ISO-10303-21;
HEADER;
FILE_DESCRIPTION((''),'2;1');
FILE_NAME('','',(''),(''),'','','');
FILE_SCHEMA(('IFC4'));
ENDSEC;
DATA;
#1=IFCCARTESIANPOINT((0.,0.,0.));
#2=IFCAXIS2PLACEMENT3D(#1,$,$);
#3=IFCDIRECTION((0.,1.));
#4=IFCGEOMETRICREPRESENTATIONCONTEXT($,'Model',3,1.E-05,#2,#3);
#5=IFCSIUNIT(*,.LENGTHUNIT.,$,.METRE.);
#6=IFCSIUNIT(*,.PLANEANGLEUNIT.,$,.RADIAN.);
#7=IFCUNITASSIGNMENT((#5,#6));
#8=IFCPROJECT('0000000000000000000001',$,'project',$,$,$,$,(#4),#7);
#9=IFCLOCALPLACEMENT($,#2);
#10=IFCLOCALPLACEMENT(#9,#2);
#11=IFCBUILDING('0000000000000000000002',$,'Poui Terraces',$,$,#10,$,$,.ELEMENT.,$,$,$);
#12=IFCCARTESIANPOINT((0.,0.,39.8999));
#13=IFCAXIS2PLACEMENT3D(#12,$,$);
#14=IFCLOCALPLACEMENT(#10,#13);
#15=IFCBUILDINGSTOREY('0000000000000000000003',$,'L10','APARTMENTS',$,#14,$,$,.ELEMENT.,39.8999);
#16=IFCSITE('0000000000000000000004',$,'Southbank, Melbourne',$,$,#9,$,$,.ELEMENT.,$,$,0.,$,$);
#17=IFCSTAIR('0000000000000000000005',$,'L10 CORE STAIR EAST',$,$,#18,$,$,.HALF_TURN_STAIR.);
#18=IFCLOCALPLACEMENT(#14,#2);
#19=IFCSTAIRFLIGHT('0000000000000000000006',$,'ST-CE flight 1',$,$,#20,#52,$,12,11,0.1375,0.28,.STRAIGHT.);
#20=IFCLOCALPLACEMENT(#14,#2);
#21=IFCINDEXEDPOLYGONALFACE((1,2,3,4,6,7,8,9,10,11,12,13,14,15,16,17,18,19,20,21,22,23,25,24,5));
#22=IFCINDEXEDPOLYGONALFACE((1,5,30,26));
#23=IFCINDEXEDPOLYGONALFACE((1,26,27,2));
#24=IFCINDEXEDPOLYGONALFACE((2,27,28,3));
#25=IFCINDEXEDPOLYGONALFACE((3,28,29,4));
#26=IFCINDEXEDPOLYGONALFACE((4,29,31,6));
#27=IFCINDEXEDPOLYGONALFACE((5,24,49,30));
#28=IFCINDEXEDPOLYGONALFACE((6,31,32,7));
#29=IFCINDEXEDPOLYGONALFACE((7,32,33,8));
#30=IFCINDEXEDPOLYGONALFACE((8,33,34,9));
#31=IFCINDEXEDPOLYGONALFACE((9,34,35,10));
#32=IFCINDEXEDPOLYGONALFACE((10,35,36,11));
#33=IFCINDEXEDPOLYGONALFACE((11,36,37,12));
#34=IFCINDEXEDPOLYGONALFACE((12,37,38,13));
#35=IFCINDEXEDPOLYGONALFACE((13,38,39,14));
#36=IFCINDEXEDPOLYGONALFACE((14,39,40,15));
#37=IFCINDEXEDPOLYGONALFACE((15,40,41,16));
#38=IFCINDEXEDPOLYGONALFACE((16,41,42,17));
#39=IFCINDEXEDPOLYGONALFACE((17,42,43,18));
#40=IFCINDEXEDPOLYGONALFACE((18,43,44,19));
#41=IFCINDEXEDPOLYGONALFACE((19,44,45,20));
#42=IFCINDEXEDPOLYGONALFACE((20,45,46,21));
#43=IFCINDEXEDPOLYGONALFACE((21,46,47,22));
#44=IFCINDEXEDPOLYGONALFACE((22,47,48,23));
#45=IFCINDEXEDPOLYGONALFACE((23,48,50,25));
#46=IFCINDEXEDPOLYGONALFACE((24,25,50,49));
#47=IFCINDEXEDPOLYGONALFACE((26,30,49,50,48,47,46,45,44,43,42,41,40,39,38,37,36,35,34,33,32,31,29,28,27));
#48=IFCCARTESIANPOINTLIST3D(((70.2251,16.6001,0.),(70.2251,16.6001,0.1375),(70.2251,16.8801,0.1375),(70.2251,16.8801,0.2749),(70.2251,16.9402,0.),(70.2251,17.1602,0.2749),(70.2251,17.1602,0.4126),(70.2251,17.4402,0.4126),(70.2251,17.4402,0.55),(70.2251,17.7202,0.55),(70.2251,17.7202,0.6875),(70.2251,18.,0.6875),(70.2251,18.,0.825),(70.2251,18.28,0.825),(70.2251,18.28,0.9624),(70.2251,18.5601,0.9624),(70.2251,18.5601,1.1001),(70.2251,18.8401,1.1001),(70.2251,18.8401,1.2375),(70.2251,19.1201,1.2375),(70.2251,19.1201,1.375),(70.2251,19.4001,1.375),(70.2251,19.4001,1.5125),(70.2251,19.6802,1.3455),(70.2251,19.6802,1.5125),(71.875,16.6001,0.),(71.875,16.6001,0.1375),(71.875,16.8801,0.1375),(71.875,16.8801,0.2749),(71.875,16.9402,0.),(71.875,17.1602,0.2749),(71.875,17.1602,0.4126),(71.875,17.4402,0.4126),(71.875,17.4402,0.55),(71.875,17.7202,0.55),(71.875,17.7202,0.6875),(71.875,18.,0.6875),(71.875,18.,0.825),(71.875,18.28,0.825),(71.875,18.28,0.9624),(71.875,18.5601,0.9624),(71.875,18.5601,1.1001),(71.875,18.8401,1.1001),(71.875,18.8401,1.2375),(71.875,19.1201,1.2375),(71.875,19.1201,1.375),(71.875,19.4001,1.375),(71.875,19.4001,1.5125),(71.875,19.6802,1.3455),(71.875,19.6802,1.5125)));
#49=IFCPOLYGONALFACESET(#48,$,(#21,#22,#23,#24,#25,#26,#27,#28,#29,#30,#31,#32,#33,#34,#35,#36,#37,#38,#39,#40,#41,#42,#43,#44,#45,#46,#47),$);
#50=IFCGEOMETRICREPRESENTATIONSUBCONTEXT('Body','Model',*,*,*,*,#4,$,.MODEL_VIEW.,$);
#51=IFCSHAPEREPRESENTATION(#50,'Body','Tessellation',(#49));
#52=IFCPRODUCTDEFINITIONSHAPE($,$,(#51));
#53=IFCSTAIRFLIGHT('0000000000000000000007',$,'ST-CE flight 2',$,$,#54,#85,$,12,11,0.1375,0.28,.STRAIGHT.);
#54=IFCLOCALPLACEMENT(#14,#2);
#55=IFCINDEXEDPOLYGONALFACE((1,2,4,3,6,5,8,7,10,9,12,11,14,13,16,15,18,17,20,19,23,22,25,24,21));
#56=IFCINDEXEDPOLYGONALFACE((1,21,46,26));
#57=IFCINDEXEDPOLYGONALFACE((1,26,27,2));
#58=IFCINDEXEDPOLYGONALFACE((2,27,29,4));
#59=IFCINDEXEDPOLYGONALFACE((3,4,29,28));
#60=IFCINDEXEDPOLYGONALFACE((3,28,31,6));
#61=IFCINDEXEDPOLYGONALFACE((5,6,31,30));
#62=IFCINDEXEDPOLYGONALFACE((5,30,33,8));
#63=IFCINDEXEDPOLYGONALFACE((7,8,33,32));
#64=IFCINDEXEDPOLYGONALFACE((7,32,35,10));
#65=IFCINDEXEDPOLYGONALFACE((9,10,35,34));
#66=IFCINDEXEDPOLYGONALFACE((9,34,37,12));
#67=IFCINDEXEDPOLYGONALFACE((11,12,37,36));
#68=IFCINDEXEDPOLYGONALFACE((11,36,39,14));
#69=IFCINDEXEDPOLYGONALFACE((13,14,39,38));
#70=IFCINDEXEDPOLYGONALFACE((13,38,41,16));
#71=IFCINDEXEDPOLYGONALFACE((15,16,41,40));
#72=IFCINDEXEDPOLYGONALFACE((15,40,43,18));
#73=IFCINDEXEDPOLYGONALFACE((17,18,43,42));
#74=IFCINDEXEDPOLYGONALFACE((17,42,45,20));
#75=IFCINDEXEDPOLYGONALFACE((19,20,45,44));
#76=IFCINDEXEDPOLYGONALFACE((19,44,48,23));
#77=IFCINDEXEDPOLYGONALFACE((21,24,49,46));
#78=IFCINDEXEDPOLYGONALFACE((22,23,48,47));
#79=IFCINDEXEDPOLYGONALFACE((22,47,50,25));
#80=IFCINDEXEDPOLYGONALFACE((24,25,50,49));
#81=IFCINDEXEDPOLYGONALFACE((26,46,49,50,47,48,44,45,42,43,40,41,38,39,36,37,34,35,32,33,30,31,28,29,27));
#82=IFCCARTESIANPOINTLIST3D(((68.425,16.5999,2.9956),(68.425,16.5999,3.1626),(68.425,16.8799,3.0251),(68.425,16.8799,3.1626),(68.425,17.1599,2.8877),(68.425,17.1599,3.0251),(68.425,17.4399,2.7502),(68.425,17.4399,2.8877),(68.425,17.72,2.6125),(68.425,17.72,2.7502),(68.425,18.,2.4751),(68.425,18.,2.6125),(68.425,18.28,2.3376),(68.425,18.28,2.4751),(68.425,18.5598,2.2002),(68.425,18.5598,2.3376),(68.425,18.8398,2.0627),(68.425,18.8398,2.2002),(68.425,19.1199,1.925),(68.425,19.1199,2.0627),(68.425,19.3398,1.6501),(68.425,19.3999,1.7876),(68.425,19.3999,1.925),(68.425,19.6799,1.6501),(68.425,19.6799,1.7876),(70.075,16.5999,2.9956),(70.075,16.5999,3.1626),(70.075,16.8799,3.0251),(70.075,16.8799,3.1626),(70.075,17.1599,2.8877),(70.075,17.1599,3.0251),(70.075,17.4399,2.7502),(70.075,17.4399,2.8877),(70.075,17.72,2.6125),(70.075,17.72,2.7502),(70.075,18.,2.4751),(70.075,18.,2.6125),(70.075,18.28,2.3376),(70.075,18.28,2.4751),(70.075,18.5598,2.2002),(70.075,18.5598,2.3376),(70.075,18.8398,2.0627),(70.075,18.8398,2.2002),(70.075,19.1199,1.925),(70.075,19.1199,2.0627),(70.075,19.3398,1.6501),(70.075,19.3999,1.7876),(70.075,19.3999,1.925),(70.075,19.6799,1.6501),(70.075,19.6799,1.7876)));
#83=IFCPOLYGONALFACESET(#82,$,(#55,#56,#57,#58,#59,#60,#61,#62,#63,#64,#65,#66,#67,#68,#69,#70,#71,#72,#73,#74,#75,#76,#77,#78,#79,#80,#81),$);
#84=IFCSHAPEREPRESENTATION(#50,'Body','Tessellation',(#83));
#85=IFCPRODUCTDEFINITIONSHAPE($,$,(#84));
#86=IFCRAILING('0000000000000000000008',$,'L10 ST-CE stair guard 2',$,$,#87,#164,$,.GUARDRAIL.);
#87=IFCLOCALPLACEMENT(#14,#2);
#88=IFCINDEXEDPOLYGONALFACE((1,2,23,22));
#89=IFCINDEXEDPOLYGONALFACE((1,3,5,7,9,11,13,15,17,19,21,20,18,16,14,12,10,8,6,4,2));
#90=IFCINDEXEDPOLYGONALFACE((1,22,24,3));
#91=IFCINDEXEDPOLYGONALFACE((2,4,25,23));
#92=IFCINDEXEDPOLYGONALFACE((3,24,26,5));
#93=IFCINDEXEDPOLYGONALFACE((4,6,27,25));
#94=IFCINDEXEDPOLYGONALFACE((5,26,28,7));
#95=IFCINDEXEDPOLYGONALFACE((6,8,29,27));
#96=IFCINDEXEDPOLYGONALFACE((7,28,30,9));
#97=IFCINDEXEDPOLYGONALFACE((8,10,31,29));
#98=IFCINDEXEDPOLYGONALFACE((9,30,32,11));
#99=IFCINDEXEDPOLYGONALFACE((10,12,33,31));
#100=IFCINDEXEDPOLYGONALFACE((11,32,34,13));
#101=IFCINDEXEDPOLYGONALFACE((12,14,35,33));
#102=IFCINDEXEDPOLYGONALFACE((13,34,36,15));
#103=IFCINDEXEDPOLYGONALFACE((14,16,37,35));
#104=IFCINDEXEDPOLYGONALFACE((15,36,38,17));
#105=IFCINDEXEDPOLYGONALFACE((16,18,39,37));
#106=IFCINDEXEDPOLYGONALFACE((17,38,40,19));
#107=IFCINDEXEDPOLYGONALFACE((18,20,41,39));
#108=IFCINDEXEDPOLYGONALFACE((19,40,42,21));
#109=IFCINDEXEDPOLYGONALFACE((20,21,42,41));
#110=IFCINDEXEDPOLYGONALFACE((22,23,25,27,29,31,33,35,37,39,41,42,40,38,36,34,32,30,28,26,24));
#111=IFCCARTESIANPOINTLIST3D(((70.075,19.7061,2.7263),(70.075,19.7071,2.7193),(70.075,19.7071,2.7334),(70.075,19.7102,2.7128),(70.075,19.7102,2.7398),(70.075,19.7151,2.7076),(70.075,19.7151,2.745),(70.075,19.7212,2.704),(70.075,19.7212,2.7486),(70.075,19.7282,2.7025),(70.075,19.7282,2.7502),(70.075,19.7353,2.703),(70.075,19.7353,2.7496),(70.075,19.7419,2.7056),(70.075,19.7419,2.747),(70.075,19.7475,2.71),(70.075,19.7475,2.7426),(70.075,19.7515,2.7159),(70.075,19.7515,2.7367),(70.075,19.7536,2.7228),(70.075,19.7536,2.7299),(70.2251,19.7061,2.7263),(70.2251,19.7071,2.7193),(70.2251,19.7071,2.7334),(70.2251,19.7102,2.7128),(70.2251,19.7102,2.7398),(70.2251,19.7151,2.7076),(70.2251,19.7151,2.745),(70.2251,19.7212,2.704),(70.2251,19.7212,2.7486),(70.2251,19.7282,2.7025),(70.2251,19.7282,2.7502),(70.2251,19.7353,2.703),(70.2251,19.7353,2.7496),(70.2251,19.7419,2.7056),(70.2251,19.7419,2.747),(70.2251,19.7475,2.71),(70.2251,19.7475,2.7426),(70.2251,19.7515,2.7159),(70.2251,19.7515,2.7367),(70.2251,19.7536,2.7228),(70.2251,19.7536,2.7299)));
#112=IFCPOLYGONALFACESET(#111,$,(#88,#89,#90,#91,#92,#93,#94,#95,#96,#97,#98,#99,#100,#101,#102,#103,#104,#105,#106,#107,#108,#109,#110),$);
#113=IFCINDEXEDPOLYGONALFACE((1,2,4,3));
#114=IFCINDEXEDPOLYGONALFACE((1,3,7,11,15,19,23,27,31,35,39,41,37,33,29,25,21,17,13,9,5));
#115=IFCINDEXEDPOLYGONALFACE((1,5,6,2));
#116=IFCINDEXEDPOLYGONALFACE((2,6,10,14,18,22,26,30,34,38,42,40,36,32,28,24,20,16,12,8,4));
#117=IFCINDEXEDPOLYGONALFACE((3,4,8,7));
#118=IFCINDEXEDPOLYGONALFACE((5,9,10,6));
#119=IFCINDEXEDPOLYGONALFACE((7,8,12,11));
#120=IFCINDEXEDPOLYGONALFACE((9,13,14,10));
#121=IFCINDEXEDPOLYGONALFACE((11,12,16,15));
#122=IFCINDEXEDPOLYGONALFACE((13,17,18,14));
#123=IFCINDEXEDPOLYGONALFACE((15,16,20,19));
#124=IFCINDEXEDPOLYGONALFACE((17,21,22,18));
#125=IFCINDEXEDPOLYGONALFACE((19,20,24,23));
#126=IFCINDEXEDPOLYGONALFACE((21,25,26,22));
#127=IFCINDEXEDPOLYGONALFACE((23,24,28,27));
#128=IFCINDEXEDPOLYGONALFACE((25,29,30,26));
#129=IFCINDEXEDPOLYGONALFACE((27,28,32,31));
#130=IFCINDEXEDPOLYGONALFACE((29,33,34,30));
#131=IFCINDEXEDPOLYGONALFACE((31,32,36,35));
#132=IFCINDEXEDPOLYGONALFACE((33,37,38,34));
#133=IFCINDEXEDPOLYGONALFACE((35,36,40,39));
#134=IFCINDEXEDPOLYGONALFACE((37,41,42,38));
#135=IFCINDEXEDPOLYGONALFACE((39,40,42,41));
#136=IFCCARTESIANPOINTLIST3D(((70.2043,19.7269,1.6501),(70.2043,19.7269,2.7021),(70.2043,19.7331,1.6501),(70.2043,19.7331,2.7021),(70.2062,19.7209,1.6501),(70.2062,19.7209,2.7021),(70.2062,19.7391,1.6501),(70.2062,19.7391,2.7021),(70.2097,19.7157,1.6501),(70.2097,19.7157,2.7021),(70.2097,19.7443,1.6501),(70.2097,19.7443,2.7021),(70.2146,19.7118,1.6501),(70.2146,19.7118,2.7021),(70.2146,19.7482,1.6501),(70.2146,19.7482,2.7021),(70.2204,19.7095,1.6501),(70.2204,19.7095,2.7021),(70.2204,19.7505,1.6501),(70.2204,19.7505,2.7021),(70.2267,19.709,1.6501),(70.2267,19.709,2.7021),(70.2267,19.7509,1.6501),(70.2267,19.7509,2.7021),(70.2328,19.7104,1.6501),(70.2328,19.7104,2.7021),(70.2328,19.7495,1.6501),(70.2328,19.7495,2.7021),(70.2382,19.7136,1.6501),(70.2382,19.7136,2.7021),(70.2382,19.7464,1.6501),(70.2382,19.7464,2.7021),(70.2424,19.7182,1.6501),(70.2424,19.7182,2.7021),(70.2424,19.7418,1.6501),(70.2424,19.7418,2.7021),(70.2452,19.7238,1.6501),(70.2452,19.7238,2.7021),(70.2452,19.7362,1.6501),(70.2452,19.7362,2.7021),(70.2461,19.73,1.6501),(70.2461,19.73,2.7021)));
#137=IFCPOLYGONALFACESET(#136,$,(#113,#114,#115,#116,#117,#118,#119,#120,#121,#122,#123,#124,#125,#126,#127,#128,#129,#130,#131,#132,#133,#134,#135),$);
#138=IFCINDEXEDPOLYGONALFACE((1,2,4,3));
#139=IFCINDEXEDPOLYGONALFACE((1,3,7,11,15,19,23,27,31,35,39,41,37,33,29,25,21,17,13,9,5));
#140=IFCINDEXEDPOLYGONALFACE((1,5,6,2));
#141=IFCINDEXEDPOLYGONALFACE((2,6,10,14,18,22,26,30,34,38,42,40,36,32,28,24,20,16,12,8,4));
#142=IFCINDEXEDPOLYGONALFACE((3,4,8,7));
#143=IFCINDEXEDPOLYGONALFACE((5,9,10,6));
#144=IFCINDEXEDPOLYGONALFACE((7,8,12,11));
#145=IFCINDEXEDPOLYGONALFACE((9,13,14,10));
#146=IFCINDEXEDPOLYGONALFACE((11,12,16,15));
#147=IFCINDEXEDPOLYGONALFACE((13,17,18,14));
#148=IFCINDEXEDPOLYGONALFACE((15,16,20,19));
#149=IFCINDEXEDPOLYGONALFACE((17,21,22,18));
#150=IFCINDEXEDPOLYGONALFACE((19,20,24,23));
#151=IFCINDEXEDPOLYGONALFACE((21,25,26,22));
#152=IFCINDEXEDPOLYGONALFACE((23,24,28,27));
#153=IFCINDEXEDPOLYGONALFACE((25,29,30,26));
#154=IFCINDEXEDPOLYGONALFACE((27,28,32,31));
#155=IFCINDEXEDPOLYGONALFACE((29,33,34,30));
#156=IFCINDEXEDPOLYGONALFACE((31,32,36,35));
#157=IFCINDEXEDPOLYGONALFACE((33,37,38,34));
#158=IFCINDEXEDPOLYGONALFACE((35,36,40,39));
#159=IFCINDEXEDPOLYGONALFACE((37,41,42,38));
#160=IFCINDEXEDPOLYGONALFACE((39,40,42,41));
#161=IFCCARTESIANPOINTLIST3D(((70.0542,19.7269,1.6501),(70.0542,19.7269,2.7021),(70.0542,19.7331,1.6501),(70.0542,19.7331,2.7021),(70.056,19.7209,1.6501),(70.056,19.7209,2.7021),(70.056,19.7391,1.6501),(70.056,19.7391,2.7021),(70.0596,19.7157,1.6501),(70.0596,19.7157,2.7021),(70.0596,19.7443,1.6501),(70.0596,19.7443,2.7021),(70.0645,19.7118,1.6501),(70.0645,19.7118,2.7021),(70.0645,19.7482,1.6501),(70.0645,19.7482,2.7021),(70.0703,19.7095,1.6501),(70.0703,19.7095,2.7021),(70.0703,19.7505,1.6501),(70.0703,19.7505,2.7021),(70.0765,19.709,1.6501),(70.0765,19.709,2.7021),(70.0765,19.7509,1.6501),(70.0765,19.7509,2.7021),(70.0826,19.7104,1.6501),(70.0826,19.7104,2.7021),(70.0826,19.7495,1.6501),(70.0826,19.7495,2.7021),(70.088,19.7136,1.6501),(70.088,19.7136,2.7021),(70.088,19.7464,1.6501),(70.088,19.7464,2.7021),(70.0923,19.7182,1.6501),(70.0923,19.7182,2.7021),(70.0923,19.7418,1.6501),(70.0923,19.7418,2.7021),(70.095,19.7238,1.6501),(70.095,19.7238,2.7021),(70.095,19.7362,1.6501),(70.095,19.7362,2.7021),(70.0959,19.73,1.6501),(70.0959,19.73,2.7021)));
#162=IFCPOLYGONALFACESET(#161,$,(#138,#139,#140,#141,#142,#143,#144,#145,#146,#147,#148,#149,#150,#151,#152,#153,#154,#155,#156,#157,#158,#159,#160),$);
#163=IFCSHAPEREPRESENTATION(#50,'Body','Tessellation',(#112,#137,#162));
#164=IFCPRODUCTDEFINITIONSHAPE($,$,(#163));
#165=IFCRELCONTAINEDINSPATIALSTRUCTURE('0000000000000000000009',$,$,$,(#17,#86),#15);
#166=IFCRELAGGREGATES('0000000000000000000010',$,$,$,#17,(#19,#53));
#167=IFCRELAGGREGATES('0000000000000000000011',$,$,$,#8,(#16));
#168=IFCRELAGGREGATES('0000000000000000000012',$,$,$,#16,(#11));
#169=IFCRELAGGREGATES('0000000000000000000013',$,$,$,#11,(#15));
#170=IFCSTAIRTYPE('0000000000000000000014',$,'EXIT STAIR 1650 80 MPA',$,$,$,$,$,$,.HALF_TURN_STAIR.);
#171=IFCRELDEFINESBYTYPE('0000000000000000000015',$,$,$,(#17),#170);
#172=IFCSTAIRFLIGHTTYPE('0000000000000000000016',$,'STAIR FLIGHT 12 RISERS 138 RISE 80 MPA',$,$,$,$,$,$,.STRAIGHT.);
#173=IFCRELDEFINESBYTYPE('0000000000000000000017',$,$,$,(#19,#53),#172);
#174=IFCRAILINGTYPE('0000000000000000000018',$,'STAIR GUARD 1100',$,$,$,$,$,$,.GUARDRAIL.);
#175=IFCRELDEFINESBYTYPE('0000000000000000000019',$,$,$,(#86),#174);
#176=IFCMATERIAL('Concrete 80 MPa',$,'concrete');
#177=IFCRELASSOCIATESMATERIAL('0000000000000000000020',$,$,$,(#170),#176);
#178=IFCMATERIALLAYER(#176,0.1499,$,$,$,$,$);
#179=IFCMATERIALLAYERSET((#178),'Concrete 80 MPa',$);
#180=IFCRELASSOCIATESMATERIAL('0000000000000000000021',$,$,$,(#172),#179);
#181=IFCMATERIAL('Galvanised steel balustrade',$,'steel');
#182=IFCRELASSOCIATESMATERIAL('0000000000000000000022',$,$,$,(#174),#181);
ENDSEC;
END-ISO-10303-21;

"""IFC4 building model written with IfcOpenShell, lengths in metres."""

from ifc_helpers import new_model, si_unit, direction, frame, origin, origin_2d, place, context, subcontext, project, spatial, polyline, circle, outline, extrude, material, layer, layer_set, type_object, element, aggregate, save


model = new_model("IFC4")

# Units and contexts
model_context = context("Model", 3, precision=1e-05, world=origin(), true_north=direction((0.0, 1.0)))
body_context = subcontext(model_context, "Body", "Model", "MODEL_VIEW")
ifc_project = project(units=[si_unit("LENGTHUNIT", "METRE"), si_unit("PLANEANGLEUNIT", "RADIAN")], contexts=[model_context])

# Site, building, storey
site_placement = place(None, origin())
site = spatial("IfcSite", under=ifc_project, at=site_placement, Name="Southbank, Melbourne", CompositionType="ELEMENT", RefElevation=0.0)
building_placement = place(site_placement, origin())
building = spatial("IfcBuilding", under=site, at=building_placement, Name="Poui Terraces", CompositionType="ELEMENT")
storey_placement = place(building_placement, frame((0.0, 0.0, 39.8999)))
storey = spatial("IfcBuildingStorey", under=building, at=storey_placement, Name="L10", Description="APARTMENTS", CompositionType="ELEMENT", Elevation=39.8999)

# Shared definitions
ifc_material_1 = material(Name="Concrete 80 MPa", Category="concrete")

# Stair, stair flights
stair_type = type_object("IfcStairType", Name="EXIT STAIR 1650 80 MPA", PredefinedType="HALF_TURN_STAIR", material=ifc_material_1)
stair_placement = place(storey_placement, origin())
stair = element("IfcStair", 1, at=stair_placement, inside=storey, type_object=stair_type, Name="L10 CORE STAIR EAST", PredefinedType="HALF_TURN_STAIR")
ifc_layer_1 = layer(ifc_material_1, 0.1499)
ifc_layer_set_1 = layer_set([ifc_layer_1], Name="Concrete 80 MPa")
stair_flight_type = type_object("IfcStairFlightType", Name="STAIR FLIGHT 12 RISERS 138 RISE 80 MPA", PredefinedType="STRAIGHT", material=ifc_layer_set_1)
stair_flight_1_placement = place(storey_placement, frame((71.05, 16.6001, 0.0), z_axis=(0.0, 0.0, 1.0), x_axis=(0.0, 1.0, 0.0)))
stair_flight_1 = element("IfcStairFlight", 2, at=stair_flight_1_placement, type_object=stair_flight_type, Name="ST-CE flight 1", NumberOfRisers=12, NumberOfTreads=11, PredefinedType="STRAIGHT", RiserHeight=0.1375, TreadLength=0.28, context=body_context, shape_type="SweptSolid", body=[
    extrude(outline(polyline([(0.0, 0.0), (0.0, 0.1375), (0.28, 0.1375), (0.28, 0.2749), (0.5601, 0.2749), (0.5601, 0.4126), (0.8401, 0.4126), (0.8401, 0.55), (1.1201, 0.55), (1.1201, 0.6875), (1.3999, 0.6875), (1.3999, 0.825), (1.6799, 0.825), (1.6799, 0.9624), (1.96, 0.9624), (1.96, 1.1001), (2.24, 1.1001), (2.24, 1.2375), (2.52, 1.2375), (2.52, 1.375), (2.8, 1.375), (2.8, 1.5125), (3.0801, 1.5125), (3.0801, 1.6499), (3.0801, 1.3455), (0.3401, 0.0), (0.0, 0.0)])), frame((0.0, 0.825, 0.0), z_axis=(0.0, -1.0, 0.0), x_axis=(1.0, 0.0, 0.0)), (0.0, 0.0, 1.0), 1.6499),
])
stair_flight_2_placement = place(storey_placement, frame((69.25, 19.6799, 1.6501), z_axis=(0.0, 0.0, 1.0), x_axis=(0.0, -1.0, 0.0)))
stair_flight_2 = element("IfcStairFlight", 3, at=stair_flight_2_placement, type_object=stair_flight_type, Name="ST-CE flight 2", NumberOfRisers=12, NumberOfTreads=11, PredefinedType="STRAIGHT", RiserHeight=0.1375, TreadLength=0.28, context=body_context, shape_type="SweptSolid", body=[
    extrude(outline(polyline([(0.0, 0.0), (0.0, 0.1375), (0.28, 0.1375), (0.28, 0.2749), (0.5601, 0.2749), (0.5601, 0.4126), (0.8401, 0.4126), (0.8401, 0.55), (1.1201, 0.55), (1.1201, 0.6875), (1.3999, 0.6875), (1.3999, 0.825), (1.6799, 0.825), (1.6799, 0.9624), (1.96, 0.9624), (1.96, 1.1001), (2.24, 1.1001), (2.24, 1.2375), (2.52, 1.2375), (2.52, 1.375), (2.8, 1.375), (2.8, 1.5125), (3.0801, 1.5125), (3.0801, 1.6499), (3.0801, 1.3455), (0.3401, 0.0), (0.0, 0.0)])), frame((0.0, 0.825, 0.0), z_axis=(0.0, -1.0, 0.0), x_axis=(1.0, 0.0, 0.0)), (0.0, 0.0, 1.0), 1.6499),
])
aggregate(stair, [stair_flight_1, stair_flight_2])

# Railing
ifc_material_2 = material(Name="Galvanised steel balustrade", Category="steel")
railing_type_1 = type_object("IfcRailingType", Name="STAIR GUARD 1100", PredefinedType="GUARDRAIL", material=ifc_material_2)
railing_1_placement = place(storey_placement, frame((70.2251, 19.73, 1.6501)))
element("IfcRailing", 4, at=railing_1_placement, inside=storey, type_object=railing_type_1, Name="L10 ST-CE stair guard 2", PredefinedType="GUARDRAIL", context=body_context, shape_type="SweptSolid", body=[
    extrude(circle(Radius=0.0239, at=origin_2d()), frame((0.0, 0.0, 1.0762), z_axis=(-1.0, 0.0, 0.0), x_axis=(0.0, -1.0, 0.0)), (0.0, 0.0, 1.0), 0.1501),
    extrude(circle(Radius=0.021, at=origin_2d()), origin(), (0.0, 0.0, 1.0), 1.052),
    extrude(circle(Radius=0.021, at=origin_2d()), frame((-0.1501, 0.0, 0.0)), (0.0, 0.0, 1.0), 1.052),
])

save(model, "model.ifc")
